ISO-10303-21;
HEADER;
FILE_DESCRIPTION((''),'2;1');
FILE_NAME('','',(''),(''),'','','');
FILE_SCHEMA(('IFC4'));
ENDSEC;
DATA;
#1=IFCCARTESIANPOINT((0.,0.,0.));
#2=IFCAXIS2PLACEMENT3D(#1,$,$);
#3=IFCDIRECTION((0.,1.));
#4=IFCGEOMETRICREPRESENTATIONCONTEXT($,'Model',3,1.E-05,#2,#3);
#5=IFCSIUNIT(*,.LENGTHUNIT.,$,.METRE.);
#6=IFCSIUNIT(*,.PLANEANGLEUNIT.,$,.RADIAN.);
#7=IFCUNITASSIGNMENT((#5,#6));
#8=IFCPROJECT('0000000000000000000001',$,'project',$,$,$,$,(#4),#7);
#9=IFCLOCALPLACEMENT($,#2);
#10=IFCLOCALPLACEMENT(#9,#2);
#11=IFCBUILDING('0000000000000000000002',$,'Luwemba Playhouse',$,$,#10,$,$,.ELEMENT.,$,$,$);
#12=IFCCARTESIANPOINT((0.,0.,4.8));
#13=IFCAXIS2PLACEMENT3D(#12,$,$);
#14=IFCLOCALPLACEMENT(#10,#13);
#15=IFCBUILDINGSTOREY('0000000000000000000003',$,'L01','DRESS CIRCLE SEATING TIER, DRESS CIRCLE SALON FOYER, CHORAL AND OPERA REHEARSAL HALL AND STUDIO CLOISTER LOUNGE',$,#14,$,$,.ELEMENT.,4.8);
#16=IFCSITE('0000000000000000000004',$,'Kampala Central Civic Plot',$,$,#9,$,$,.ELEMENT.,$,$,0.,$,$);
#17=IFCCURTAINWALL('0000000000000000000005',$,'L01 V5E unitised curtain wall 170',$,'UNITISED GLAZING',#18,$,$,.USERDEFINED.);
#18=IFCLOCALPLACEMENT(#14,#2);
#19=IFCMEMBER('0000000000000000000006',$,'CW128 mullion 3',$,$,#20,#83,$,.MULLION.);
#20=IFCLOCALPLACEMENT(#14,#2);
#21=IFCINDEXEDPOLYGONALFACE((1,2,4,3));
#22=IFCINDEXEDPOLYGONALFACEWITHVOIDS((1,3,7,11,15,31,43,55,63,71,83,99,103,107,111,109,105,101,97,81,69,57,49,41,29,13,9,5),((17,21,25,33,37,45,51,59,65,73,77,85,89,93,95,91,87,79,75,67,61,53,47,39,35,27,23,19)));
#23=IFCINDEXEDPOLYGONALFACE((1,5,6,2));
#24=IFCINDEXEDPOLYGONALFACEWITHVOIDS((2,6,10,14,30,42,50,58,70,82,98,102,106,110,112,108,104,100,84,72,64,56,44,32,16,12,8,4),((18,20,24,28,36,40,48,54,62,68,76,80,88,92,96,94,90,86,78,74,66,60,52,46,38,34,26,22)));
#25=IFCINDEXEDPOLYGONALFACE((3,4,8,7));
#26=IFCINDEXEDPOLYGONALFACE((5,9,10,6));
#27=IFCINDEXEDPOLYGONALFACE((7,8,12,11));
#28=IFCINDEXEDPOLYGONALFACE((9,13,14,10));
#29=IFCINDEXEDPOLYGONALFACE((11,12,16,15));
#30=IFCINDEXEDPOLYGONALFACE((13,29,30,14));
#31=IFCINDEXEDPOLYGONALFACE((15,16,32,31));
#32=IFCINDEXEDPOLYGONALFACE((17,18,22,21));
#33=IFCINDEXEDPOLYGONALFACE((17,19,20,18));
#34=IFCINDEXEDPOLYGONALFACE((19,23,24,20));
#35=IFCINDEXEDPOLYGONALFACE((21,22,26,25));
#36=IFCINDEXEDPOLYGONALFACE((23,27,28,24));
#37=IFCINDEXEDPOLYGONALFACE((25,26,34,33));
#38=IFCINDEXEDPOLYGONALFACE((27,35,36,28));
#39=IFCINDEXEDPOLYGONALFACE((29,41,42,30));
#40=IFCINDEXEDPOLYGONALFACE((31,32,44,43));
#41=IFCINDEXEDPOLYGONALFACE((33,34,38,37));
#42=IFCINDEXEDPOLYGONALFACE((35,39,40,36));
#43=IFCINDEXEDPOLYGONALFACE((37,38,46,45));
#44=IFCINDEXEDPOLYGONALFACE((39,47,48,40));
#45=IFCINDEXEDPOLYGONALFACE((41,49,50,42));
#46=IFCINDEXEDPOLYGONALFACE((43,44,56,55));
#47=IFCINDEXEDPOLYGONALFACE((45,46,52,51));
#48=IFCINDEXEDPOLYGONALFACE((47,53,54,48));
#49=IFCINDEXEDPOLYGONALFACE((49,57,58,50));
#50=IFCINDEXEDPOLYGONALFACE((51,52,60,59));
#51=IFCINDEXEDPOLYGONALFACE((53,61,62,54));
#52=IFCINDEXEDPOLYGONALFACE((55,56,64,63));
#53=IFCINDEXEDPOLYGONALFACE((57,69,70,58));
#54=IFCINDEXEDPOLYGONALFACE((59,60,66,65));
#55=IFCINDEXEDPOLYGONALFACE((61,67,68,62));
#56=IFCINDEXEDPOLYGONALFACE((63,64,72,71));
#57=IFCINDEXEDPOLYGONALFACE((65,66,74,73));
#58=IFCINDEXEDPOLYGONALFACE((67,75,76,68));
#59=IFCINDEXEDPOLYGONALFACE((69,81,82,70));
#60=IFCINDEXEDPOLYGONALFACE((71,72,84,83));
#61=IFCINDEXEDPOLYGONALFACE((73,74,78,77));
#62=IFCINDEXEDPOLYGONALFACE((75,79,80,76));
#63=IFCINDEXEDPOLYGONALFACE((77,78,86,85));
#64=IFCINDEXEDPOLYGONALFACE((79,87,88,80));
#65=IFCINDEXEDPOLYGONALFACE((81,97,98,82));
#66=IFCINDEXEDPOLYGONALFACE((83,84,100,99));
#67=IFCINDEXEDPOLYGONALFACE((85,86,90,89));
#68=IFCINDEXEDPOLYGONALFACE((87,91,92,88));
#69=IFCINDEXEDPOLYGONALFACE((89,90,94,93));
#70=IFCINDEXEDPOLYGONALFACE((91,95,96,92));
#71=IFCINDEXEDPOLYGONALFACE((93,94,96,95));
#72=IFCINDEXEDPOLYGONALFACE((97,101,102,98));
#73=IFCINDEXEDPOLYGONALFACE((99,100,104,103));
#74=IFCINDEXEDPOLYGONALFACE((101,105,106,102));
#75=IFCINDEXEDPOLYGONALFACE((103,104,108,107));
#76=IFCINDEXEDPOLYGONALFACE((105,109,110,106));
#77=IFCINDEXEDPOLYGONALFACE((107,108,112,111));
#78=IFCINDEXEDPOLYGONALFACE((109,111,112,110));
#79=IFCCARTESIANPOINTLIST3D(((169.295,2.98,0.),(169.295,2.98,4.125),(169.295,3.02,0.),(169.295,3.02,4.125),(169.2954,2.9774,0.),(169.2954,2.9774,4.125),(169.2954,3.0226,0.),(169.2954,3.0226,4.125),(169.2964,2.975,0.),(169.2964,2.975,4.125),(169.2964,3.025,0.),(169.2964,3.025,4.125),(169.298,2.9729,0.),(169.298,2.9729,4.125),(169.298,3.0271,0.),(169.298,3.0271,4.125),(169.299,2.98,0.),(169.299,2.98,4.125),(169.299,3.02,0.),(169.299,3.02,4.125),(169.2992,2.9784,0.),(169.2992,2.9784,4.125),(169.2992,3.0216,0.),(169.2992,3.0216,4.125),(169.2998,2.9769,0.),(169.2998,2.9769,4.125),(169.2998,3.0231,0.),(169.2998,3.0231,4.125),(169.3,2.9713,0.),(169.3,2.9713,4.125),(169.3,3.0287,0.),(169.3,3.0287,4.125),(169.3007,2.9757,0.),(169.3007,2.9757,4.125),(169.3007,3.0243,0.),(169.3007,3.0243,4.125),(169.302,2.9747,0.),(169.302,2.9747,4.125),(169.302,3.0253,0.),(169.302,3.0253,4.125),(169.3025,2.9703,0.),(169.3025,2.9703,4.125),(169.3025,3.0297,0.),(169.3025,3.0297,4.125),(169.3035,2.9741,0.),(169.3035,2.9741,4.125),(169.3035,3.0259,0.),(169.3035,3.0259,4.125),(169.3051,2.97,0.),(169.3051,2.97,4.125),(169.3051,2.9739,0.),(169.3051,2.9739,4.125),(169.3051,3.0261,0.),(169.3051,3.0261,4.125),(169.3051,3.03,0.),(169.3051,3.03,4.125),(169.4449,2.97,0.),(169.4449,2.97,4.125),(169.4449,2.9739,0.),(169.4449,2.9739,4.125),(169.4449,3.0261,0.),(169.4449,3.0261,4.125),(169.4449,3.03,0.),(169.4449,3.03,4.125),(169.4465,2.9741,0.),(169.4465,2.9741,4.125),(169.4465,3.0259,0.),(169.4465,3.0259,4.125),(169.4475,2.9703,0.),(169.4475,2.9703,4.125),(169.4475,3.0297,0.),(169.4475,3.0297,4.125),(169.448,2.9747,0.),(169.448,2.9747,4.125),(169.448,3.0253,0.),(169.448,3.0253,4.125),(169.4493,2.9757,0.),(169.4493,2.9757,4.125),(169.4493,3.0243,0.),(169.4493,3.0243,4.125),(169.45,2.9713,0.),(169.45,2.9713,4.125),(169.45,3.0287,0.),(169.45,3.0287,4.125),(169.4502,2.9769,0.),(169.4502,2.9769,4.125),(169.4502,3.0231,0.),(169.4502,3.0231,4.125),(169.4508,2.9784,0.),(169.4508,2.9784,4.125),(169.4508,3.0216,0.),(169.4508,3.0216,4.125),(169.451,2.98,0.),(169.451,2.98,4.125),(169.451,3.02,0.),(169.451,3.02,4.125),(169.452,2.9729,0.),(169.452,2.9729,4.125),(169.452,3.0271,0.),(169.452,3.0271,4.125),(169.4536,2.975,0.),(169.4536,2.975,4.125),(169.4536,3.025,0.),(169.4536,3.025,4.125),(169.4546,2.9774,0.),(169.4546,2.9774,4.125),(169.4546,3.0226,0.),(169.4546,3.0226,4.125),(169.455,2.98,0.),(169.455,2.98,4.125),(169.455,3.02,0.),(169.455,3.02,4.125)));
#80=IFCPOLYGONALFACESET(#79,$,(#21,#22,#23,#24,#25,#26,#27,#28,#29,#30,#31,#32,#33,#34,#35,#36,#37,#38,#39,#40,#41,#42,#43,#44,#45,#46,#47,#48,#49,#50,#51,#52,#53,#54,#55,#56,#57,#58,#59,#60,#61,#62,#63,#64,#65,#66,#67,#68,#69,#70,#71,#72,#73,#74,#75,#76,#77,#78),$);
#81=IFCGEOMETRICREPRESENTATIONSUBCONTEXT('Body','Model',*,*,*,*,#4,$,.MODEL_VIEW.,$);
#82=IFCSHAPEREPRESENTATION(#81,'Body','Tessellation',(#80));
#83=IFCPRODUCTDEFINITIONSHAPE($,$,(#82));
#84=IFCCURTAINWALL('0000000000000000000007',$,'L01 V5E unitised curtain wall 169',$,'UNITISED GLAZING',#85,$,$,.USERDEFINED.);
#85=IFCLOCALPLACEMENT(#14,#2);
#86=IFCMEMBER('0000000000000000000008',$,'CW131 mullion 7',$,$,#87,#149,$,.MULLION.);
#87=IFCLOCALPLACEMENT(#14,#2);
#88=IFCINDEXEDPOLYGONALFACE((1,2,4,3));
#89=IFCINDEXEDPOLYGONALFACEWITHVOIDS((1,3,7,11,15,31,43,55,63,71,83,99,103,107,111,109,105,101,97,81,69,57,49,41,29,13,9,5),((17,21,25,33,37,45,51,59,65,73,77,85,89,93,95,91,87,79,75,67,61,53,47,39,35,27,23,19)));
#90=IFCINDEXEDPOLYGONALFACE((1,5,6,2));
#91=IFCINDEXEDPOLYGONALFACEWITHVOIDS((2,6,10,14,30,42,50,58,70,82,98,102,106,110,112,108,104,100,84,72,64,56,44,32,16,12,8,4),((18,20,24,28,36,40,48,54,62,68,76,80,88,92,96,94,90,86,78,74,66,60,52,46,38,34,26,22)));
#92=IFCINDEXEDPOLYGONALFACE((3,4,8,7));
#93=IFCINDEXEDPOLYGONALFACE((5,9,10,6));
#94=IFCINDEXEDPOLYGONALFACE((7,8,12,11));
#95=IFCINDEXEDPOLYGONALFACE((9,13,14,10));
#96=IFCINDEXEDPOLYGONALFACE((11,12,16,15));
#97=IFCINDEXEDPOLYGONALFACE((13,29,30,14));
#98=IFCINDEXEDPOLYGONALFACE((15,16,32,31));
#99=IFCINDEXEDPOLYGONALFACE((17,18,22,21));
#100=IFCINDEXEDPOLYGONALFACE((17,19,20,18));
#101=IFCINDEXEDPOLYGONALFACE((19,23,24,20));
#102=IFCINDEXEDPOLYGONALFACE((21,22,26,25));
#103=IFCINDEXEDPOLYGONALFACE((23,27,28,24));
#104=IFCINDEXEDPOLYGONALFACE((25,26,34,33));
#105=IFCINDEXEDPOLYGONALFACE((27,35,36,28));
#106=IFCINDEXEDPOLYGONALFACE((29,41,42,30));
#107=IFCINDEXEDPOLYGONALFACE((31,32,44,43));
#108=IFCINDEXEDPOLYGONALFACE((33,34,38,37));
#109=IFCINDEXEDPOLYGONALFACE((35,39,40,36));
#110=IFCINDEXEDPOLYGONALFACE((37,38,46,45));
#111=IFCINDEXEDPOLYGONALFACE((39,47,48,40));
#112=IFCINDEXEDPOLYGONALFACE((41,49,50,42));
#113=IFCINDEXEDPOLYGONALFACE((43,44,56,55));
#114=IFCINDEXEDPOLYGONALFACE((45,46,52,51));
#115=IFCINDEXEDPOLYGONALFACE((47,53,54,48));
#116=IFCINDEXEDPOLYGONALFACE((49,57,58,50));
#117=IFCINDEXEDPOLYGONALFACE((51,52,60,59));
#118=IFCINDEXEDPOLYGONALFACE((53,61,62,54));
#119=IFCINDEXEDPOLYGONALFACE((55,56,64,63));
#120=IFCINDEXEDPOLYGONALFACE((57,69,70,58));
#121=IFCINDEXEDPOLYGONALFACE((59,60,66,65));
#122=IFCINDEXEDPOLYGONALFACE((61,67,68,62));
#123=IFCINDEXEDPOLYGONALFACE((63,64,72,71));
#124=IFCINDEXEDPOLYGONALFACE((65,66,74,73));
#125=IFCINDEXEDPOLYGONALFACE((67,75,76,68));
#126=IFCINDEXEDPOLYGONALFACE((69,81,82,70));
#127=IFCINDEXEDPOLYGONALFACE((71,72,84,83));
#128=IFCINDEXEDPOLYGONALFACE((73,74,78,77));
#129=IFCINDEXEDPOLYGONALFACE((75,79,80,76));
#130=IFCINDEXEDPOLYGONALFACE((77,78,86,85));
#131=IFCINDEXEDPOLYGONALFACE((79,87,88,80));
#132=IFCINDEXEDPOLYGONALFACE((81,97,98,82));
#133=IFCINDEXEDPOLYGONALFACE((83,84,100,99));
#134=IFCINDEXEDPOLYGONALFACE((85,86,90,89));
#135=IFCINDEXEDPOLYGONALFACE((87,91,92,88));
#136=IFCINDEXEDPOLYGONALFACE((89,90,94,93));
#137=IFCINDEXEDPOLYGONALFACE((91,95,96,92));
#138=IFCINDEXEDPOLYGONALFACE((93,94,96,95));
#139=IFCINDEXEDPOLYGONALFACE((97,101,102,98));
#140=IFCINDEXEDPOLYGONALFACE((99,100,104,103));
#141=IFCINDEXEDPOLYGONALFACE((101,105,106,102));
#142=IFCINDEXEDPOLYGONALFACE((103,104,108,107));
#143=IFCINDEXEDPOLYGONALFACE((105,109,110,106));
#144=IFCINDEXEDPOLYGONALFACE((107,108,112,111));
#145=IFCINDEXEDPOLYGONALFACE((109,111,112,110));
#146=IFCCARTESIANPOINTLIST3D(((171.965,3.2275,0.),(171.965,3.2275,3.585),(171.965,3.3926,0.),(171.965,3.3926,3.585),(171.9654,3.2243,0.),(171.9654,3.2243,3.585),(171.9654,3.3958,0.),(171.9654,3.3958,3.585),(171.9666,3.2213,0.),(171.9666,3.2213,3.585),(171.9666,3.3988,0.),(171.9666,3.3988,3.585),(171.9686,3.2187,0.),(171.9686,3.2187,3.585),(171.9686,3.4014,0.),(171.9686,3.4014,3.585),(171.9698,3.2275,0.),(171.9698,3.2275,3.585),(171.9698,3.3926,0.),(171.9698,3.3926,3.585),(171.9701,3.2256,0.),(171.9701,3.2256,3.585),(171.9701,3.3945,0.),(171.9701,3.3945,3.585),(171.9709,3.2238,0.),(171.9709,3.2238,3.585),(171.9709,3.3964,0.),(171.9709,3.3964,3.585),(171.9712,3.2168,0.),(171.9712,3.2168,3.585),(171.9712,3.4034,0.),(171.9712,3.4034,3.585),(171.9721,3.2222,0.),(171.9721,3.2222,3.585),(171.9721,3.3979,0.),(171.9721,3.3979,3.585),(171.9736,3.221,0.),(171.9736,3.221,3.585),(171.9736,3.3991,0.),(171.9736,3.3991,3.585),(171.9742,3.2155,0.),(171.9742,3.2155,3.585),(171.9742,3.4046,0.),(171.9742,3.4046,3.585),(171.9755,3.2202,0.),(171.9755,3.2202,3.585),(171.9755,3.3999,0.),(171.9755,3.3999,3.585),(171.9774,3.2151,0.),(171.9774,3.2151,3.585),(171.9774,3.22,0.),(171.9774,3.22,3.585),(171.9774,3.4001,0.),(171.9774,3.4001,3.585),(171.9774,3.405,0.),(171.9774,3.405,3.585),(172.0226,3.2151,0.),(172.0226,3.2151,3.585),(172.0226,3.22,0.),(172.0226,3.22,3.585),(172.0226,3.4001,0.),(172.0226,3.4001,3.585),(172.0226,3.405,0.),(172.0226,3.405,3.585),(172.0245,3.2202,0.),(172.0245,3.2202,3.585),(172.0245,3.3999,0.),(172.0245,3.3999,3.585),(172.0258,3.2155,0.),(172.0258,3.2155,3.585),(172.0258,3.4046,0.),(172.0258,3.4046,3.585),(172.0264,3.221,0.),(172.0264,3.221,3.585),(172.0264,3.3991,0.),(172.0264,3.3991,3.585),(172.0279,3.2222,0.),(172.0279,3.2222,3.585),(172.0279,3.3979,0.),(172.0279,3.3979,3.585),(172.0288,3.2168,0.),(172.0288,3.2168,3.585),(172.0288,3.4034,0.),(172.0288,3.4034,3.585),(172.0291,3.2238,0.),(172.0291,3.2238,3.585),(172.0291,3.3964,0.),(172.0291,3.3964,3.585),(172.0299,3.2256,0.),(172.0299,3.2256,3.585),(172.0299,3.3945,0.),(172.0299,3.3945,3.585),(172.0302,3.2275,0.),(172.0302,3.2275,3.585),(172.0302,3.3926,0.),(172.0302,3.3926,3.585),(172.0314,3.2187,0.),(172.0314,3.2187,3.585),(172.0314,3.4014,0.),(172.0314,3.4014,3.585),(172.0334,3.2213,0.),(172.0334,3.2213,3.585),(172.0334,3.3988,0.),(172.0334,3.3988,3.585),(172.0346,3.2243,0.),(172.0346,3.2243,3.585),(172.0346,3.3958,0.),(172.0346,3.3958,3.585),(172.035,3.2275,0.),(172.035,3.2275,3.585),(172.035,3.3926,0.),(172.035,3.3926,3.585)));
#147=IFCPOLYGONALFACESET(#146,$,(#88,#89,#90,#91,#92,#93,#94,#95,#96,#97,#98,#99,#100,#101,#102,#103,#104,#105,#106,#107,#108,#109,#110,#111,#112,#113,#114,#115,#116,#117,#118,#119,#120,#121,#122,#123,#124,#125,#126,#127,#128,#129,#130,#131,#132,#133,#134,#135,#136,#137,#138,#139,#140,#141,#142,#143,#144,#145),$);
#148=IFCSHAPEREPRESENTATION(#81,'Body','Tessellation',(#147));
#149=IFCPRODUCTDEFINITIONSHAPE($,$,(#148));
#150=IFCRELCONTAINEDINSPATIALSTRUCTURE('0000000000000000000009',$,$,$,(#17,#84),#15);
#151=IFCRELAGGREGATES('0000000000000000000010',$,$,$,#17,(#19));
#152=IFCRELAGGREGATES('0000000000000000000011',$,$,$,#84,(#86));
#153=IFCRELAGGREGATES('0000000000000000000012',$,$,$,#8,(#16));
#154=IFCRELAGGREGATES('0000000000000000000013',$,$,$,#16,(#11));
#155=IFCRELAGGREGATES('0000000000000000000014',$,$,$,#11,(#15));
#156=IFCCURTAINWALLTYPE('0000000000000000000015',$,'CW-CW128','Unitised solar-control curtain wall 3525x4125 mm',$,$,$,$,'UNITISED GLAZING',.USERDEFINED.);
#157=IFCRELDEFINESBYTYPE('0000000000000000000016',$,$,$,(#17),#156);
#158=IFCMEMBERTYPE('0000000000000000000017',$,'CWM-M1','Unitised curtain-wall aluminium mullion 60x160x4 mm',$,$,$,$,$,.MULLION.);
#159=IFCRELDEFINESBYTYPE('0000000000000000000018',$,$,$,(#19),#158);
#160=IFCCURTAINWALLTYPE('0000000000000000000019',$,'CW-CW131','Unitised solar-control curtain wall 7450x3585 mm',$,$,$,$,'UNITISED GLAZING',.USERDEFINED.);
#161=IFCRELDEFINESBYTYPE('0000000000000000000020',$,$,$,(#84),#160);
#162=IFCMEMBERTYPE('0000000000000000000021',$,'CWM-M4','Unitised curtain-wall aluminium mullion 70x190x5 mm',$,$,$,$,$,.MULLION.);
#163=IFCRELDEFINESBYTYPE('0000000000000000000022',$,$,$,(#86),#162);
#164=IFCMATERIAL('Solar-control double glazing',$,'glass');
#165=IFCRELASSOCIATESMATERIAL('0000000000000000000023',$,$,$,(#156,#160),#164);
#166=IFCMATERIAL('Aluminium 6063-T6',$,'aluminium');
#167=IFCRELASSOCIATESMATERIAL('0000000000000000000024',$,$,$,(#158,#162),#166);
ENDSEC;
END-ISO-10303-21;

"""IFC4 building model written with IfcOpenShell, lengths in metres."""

from ifc_helpers import new_model, si_unit, direction, frame, origin, origin_2d, place, context, subcontext, project, spatial, hollow_rectangle, extrude, material, material_profile, profile_set, type_object, element, aggregate, save


model = new_model("IFC4")

# Units and contexts
model_context = context("Model", 3, precision=1e-05, world=origin(), true_north=direction((0.0, 1.0)))
body_context = subcontext(model_context, "Body", "Model", "MODEL_VIEW")
ifc_project = project(units=[si_unit("LENGTHUNIT", "METRE"), si_unit("PLANEANGLEUNIT", "RADIAN")], contexts=[model_context])

# Site, building, storey
site_placement = place(None, origin())
site = spatial("IfcSite", under=ifc_project, at=site_placement, Name="Kampala Central Civic Plot", CompositionType="ELEMENT", RefElevation=0.0)
building_placement = place(site_placement, origin())
building = spatial("IfcBuilding", under=site, at=building_placement, Name="Luwemba Playhouse", CompositionType="ELEMENT")
storey_placement = place(building_placement, frame((0.0, 0.0, 4.8)))
storey = spatial("IfcBuildingStorey", under=building, at=storey_placement, Name="L01", Description="DRESS CIRCLE SEATING TIER, DRESS CIRCLE SALON FOYER, CHORAL AND OPERA REHEARSAL HALL AND STUDIO CLOISTER LOUNGE", CompositionType="ELEMENT", Elevation=4.8)

# Curtain wall, member
ifc_material_1 = material(Name="Solar-control double glazing", Category="glass")
curtain_wall_type_1 = type_object("IfcCurtainWallType", Name="CW-CW128", Description="Unitised solar-control curtain wall 3525x4125 mm", ElementType="UNITISED GLAZING", PredefinedType="USERDEFINED", material=ifc_material_1)
curtain_wall_1_placement = place(storey_placement, origin())
curtain_wall_1 = element("IfcCurtainWall", 1, at=curtain_wall_1_placement, inside=storey, type_object=curtain_wall_type_1, Name="L01 V5E unitised curtain wall 170", ObjectType="UNITISED GLAZING", PredefinedType="USERDEFINED")
ifc_material_2 = material(Name="Aluminium 6063-T6", Category="aluminium")
ifc_material_profile_1 = material_profile(ifc_material_2, hollow_rectangle(XDim=0.0601, YDim=0.1599, WallThickness=0.0039, InnerFilletRadius=0.0061, OuterFilletRadius=0.01, at=origin_2d()))
ifc_profile_set_1 = profile_set([ifc_material_profile_1], Name="Aluminium 6063-T6")
member_type_1 = type_object("IfcMemberType", Name="CWM-M1", Description="Unitised curtain-wall aluminium mullion 60x160x4 mm", PredefinedType="MULLION", material=ifc_profile_set_1)
member_1_placement = place(storey_placement, frame((169.375, 3.0, 0.0), z_axis=(0.0, 0.0, 1.0), x_axis=(0.0, -1.0, 0.0)))
member_1 = element("IfcMember", 2, at=member_1_placement, type_object=member_type_1, Name="CW128 mullion 3", PredefinedType="MULLION", context=body_context, shape_type="SweptSolid", body=[
    extrude(hollow_rectangle(XDim=0.0601, YDim=0.1599, WallThickness=0.0039, InnerFilletRadius=0.0061, OuterFilletRadius=0.01, at=origin_2d()), origin(), (0.0, 0.0, 1.0), 4.125),
])

# Curtain wall, member
curtain_wall_type_2 = type_object("IfcCurtainWallType", Name="CW-CW131", Description="Unitised solar-control curtain wall 7450x3585 mm", ElementType="UNITISED GLAZING", PredefinedType="USERDEFINED", material=ifc_material_1)
curtain_wall_2_placement = place(storey_placement, origin())
curtain_wall_2 = element("IfcCurtainWall", 3, at=curtain_wall_2_placement, inside=storey, type_object=curtain_wall_type_2, Name="L01 V5E unitised curtain wall 169", ObjectType="UNITISED GLAZING", PredefinedType="USERDEFINED")
ifc_material_profile_2 = material_profile(ifc_material_2, hollow_rectangle(XDim=0.0701, YDim=0.1899, WallThickness=0.0049, InnerFilletRadius=0.0076, OuterFilletRadius=0.0125, at=origin_2d()))
ifc_profile_set_2 = profile_set([ifc_material_profile_2], Name="Aluminium 6063-T6")
member_type_2 = type_object("IfcMemberType", Name="CWM-M4", Description="Unitised curtain-wall aluminium mullion 70x190x5 mm", PredefinedType="MULLION", material=ifc_profile_set_2)
member_2_placement = place(storey_placement, frame((172.0, 3.3101, 0.0), z_axis=(0.0, 0.0, 1.0), x_axis=(1.0, 0.0, 0.0)))
member_2 = element("IfcMember", 4, at=member_2_placement, type_object=member_type_2, Name="CW131 mullion 7", PredefinedType="MULLION", context=body_context, shape_type="SweptSolid", body=[
    extrude(hollow_rectangle(XDim=0.0701, YDim=0.1899, WallThickness=0.0049, InnerFilletRadius=0.0076, OuterFilletRadius=0.0125, at=origin_2d()), origin(), (0.0, 0.0, 1.0), 3.585),
])

aggregate(curtain_wall_1, [member_1])
aggregate(curtain_wall_2, [member_2])

save(model, "model.ifc")
